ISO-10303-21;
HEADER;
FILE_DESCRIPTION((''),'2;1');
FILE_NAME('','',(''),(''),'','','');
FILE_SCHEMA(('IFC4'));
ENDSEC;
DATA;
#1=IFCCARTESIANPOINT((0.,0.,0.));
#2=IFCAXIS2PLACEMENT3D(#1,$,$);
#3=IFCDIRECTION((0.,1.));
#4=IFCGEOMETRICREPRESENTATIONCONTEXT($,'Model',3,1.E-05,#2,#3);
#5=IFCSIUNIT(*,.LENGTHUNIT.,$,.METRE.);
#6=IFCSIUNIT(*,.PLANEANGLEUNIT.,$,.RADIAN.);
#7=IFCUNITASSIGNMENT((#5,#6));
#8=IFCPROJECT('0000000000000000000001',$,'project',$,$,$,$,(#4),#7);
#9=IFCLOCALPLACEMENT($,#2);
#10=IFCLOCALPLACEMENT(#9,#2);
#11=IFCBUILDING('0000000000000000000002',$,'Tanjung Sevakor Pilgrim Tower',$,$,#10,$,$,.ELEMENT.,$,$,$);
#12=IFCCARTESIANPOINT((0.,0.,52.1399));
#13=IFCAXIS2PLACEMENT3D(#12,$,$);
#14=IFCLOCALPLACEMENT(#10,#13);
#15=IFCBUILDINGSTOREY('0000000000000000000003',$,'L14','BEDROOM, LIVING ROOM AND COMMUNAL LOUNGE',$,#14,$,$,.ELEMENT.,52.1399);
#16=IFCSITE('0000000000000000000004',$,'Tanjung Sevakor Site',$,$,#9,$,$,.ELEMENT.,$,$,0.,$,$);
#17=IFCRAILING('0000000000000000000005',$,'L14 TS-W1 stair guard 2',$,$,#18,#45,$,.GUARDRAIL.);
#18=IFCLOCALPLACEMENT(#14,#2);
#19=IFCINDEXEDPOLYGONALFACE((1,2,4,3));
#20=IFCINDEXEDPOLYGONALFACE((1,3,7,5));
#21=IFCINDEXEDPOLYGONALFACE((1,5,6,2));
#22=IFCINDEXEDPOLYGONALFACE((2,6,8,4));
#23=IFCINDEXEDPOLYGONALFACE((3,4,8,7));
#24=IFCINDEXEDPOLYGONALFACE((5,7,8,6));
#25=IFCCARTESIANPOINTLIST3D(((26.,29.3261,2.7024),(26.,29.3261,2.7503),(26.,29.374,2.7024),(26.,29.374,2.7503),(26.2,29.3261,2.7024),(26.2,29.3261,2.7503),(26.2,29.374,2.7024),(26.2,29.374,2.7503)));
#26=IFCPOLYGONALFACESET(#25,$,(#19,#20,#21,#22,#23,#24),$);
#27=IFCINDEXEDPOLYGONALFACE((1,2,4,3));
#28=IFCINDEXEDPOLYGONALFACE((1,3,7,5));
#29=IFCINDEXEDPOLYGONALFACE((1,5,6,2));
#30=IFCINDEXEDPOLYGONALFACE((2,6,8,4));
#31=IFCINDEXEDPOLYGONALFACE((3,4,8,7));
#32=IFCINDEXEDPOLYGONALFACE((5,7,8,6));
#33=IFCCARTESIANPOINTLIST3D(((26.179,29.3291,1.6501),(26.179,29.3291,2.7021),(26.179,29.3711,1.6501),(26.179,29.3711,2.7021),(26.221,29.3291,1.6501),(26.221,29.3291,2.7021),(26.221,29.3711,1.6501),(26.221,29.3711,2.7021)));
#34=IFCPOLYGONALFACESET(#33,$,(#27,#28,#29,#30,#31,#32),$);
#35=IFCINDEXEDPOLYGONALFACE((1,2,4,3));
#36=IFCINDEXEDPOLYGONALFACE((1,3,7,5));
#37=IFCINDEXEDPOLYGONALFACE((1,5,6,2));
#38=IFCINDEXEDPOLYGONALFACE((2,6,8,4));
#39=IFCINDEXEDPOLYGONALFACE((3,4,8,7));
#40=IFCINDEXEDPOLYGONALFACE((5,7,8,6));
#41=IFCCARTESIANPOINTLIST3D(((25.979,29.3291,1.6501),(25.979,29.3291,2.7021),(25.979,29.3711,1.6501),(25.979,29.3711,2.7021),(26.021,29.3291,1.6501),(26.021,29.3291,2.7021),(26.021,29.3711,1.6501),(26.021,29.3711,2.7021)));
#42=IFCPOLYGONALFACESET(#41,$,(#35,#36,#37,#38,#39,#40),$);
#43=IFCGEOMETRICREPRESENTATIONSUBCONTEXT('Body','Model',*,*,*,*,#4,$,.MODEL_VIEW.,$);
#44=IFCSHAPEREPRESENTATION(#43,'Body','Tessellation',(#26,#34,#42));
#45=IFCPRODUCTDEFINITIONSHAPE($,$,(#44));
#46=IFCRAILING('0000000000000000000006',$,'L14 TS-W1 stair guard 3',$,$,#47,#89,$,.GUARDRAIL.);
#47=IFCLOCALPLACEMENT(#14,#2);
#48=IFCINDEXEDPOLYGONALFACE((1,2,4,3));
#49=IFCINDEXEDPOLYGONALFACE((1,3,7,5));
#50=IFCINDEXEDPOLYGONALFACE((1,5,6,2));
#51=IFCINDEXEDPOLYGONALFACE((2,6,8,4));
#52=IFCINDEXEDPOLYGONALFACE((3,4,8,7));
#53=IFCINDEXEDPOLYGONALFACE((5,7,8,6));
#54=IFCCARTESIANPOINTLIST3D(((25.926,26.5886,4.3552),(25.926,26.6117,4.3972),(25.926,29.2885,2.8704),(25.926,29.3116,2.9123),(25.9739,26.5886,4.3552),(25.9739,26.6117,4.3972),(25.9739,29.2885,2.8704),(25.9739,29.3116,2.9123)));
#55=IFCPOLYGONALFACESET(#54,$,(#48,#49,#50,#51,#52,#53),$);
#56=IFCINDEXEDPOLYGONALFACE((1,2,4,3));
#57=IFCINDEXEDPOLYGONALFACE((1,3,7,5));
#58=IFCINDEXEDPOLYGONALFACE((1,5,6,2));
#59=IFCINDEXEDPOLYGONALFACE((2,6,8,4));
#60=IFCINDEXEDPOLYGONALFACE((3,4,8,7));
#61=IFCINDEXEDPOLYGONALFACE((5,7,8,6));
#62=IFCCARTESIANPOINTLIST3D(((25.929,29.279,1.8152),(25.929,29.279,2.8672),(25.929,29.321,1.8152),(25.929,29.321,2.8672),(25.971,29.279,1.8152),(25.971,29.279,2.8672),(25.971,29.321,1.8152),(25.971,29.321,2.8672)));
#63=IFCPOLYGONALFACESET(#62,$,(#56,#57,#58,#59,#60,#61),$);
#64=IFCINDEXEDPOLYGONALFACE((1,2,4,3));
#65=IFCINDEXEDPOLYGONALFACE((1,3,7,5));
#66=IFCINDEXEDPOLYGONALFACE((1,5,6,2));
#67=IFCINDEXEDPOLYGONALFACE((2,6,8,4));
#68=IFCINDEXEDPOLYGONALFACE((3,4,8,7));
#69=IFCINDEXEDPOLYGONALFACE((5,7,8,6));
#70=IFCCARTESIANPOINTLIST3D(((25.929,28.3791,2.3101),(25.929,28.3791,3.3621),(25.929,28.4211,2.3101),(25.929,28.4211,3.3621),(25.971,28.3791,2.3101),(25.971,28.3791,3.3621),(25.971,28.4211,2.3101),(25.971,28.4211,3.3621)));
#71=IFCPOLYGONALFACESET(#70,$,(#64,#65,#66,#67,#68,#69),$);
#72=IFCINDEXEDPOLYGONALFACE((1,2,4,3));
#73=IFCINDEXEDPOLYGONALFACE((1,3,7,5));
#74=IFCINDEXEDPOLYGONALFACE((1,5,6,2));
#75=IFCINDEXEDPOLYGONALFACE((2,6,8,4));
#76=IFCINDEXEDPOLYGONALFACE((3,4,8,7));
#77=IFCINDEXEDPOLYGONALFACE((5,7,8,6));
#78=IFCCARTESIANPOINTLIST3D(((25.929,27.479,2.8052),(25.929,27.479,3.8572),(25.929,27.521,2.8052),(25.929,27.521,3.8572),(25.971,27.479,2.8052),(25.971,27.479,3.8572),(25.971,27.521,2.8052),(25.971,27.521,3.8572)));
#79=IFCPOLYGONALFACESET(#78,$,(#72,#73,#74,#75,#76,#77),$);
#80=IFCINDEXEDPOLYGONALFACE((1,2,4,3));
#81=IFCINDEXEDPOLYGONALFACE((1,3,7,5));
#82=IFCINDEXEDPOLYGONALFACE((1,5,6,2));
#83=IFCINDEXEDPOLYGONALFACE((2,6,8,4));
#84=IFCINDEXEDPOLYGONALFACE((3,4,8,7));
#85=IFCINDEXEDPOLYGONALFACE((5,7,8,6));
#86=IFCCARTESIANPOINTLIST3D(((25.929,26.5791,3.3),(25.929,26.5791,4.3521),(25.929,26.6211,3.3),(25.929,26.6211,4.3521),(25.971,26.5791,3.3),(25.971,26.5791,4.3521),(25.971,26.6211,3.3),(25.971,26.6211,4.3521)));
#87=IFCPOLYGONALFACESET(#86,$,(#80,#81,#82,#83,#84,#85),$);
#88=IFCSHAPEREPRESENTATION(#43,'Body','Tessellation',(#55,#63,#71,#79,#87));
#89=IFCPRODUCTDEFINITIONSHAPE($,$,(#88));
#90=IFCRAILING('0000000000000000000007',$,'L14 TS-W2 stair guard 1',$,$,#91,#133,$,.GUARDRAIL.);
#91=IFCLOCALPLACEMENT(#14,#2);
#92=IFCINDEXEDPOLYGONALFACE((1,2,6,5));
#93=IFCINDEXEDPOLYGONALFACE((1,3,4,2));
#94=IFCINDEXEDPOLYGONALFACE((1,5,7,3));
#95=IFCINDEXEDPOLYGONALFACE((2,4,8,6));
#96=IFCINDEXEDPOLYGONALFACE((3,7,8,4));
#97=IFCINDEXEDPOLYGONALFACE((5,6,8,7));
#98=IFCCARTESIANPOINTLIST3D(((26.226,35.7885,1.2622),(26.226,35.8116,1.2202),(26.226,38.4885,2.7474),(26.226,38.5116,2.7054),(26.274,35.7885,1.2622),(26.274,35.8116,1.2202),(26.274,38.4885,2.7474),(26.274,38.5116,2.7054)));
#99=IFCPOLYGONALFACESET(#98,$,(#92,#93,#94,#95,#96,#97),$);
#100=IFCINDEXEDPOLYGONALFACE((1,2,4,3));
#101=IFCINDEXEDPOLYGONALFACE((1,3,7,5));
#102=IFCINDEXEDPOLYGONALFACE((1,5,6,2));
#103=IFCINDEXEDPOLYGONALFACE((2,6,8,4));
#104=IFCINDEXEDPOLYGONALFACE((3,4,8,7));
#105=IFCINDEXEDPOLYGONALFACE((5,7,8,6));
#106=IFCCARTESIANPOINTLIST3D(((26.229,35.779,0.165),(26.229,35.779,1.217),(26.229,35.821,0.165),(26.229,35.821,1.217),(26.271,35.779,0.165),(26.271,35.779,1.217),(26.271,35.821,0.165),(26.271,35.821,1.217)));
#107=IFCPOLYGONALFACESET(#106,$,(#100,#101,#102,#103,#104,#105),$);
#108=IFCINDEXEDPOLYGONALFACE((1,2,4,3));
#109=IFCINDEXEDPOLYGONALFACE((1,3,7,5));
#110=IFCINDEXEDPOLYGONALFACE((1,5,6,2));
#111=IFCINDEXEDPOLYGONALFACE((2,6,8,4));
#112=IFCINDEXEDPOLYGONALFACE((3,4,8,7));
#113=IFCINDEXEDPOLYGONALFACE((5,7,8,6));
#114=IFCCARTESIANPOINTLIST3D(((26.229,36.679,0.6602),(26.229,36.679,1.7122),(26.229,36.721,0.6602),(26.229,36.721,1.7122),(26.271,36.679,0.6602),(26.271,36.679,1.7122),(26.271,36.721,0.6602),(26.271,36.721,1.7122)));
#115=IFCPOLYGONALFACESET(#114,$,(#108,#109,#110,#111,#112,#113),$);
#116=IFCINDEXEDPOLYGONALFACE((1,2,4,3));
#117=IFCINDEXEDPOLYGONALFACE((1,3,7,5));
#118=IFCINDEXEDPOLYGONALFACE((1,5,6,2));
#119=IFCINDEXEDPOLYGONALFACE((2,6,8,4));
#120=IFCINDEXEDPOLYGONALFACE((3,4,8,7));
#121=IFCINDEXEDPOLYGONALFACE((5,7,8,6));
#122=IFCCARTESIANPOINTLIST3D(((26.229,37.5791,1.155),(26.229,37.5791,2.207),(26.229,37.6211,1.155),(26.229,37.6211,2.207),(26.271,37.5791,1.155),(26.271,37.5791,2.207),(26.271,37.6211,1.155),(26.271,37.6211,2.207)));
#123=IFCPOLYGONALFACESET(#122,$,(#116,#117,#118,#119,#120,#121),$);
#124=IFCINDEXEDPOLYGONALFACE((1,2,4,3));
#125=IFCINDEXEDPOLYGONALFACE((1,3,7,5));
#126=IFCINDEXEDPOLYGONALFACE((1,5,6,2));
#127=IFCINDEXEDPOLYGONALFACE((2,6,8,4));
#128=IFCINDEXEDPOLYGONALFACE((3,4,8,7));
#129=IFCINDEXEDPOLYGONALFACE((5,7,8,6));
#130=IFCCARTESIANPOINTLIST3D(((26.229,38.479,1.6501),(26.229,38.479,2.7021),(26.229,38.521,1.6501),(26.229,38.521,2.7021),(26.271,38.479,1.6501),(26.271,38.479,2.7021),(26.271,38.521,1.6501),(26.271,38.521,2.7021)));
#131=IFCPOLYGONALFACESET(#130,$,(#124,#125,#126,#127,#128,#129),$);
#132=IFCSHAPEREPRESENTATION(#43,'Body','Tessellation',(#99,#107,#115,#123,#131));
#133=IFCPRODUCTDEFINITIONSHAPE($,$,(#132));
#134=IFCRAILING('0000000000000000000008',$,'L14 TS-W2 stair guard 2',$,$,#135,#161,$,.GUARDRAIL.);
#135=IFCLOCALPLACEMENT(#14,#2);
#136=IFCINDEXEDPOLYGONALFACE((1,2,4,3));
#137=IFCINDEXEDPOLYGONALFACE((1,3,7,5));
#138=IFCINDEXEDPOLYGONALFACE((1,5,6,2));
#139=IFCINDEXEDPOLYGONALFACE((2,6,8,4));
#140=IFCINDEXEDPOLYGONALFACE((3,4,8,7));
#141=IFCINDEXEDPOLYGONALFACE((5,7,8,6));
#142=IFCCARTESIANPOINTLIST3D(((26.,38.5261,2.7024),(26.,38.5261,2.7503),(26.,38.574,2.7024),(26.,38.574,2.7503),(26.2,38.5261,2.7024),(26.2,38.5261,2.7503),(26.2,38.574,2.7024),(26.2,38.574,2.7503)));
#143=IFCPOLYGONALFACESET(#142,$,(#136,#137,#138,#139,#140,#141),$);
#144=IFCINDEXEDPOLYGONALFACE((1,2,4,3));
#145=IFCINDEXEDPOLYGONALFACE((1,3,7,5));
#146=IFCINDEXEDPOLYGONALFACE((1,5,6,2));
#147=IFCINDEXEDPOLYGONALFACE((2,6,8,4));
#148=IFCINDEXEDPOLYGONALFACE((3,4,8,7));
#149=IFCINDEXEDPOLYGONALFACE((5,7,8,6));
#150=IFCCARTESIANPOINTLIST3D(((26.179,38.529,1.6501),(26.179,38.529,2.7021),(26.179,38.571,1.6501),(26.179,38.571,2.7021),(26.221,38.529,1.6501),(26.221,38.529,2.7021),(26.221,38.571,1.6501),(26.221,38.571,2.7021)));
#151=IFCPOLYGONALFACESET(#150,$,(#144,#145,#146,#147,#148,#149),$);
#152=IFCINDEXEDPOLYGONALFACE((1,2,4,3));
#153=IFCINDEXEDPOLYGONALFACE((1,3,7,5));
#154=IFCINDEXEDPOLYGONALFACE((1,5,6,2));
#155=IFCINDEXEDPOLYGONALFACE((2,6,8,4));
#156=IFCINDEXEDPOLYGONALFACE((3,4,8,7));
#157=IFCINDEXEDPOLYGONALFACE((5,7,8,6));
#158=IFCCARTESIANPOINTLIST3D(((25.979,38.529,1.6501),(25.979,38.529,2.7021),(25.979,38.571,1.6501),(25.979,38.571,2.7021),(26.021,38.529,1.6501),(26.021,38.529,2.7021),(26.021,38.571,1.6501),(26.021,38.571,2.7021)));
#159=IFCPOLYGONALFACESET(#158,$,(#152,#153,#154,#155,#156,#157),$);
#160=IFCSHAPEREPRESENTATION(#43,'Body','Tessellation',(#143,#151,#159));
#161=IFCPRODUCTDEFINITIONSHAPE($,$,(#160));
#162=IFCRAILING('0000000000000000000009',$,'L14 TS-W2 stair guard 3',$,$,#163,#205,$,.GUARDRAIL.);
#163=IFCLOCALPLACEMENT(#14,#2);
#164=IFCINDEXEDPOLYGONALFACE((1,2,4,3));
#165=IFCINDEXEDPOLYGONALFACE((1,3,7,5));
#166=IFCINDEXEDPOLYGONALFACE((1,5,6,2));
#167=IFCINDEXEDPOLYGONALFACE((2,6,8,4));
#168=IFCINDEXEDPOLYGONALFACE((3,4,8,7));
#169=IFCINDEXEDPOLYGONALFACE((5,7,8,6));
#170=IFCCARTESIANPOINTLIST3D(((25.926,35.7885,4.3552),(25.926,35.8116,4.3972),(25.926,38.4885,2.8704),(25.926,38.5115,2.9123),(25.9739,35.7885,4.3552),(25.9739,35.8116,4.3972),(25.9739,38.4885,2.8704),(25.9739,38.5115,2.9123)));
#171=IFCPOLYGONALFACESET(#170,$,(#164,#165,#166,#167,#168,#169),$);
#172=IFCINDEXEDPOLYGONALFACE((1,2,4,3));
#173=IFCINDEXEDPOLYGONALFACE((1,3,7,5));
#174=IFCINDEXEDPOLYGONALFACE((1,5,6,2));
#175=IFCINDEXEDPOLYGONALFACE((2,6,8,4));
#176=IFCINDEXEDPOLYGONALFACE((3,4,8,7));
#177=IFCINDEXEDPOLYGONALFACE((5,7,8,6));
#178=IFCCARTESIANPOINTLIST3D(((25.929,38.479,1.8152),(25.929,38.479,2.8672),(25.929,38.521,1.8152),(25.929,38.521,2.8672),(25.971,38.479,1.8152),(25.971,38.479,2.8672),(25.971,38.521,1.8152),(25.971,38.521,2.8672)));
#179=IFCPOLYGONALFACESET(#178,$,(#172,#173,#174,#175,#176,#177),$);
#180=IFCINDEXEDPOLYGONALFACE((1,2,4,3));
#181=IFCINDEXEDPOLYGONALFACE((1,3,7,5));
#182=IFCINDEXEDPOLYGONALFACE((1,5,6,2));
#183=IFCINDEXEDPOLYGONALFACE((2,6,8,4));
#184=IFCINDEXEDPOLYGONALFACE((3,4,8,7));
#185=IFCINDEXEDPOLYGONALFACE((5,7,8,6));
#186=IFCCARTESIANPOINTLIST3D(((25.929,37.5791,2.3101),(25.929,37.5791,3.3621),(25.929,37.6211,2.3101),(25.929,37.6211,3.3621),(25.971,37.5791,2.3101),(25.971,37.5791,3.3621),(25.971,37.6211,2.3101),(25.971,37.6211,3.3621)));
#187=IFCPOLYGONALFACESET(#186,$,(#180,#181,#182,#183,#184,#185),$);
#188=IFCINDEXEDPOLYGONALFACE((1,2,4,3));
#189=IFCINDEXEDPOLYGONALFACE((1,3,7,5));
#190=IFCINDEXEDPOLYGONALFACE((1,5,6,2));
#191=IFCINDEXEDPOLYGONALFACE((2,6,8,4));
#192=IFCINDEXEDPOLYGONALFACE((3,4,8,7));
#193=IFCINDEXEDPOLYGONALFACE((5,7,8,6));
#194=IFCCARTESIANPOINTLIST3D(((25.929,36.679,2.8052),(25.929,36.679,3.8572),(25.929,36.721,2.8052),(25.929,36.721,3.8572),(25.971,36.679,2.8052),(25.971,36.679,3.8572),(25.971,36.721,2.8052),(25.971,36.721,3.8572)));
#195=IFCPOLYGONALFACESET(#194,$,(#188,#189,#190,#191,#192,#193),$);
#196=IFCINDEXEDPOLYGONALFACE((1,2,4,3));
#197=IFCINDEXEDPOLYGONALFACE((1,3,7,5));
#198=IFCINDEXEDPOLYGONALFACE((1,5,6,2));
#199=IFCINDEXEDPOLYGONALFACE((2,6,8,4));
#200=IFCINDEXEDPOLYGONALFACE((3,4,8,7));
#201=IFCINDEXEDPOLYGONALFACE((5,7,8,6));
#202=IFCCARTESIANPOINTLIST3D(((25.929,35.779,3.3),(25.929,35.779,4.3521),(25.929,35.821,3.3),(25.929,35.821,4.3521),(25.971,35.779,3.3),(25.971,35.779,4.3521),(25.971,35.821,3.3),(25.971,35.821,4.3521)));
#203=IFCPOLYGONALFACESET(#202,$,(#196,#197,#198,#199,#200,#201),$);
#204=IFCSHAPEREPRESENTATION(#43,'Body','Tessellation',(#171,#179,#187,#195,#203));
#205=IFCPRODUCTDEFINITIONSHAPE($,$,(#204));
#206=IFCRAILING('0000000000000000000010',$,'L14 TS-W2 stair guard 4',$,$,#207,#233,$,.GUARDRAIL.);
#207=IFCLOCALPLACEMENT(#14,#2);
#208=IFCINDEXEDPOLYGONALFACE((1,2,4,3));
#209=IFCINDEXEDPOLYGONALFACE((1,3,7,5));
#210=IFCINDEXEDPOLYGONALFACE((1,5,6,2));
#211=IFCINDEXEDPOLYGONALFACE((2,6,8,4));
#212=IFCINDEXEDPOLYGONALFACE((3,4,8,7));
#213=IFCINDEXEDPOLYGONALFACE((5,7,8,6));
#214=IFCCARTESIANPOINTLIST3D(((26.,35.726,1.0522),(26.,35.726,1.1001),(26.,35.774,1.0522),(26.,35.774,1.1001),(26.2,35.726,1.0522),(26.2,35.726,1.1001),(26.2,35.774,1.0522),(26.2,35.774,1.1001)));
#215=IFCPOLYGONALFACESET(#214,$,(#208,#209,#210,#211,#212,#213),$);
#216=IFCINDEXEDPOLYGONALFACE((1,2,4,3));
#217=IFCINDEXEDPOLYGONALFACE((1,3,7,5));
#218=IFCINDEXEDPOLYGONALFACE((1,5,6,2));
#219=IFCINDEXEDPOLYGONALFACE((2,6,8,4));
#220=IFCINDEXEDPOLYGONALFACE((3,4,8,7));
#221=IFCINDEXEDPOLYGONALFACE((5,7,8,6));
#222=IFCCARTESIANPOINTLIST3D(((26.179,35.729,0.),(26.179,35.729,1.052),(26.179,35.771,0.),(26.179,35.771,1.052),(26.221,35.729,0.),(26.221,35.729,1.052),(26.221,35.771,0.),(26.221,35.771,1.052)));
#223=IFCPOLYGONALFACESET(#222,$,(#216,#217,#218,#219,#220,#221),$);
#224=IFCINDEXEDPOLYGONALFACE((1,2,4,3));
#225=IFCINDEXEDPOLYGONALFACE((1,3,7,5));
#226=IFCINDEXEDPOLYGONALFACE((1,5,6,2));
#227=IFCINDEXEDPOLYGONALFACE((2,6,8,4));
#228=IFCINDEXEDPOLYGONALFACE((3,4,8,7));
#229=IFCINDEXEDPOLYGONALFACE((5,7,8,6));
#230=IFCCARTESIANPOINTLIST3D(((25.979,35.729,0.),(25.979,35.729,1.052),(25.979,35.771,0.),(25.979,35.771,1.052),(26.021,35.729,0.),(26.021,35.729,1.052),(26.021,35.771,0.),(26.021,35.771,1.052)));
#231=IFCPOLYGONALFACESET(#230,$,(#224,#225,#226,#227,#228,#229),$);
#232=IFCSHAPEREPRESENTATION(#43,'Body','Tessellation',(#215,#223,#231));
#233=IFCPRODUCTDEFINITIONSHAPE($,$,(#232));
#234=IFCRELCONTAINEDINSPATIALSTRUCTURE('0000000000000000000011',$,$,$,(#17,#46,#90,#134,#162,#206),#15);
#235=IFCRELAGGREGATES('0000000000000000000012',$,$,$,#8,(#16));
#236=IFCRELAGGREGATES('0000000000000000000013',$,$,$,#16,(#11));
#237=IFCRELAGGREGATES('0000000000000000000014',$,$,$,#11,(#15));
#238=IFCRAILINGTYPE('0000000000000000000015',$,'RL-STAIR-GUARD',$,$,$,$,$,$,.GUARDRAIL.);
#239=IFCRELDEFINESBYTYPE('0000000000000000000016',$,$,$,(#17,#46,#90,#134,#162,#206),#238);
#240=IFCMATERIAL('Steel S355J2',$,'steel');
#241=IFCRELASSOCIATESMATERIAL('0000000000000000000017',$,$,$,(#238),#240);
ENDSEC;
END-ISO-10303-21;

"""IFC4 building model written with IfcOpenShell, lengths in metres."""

from ifc_helpers import new_model, si_unit, direction, frame, origin, place, context, subcontext, project, spatial, rectangle, extrude, material, type_object, element, save


model = new_model("IFC4")

# Units and contexts
model_context = context("Model", 3, precision=1e-05, world=origin(), true_north=direction((0.0, 1.0)))
body_context = subcontext(model_context, "Body", "Model", "MODEL_VIEW")
ifc_project = project(units=[si_unit("LENGTHUNIT", "METRE"), si_unit("PLANEANGLEUNIT", "RADIAN")], contexts=[model_context])

# Site, building, storey
site_placement = place(None, origin())
site = spatial("IfcSite", under=ifc_project, at=site_placement, Name="Tanjung Sevakor Site", CompositionType="ELEMENT", RefElevation=0.0)
building_placement = place(site_placement, origin())
building = spatial("IfcBuilding", under=site, at=building_placement, Name="Tanjung Sevakor Pilgrim Tower", CompositionType="ELEMENT")
storey_placement = place(building_placement, frame((0.0, 0.0, 52.1399)))
storey = spatial("IfcBuildingStorey", under=building, at=storey_placement, Name="L14", Description="BEDROOM, LIVING ROOM AND COMMUNAL LOUNGE", CompositionType="ELEMENT", Elevation=52.1399)

# Railings
ifc_material_1 = material(Name="Steel S355J2", Category="steel")
railing_type_1 = type_object("IfcRailingType", Name="RL-STAIR-GUARD", PredefinedType="GUARDRAIL", material=ifc_material_1)
railing_1_placement = place(storey_placement, frame((26.2, 29.3501, 1.6501)))
element("IfcRailing", 1, at=railing_1_placement, inside=storey, type_object=railing_type_1, Name="L14 TS-W1 stair guard 2", PredefinedType="GUARDRAIL", context=body_context, shape_type="SweptSolid", body=[
    extrude(rectangle(XDim=0.0479, YDim=0.0479), frame((0.0, 0.0, 1.0762), z_axis=(-1.0, 0.0, 0.0), x_axis=(0.0, -1.0, 0.0)), (0.0, 0.0, 1.0), 0.2),
    extrude(rectangle(XDim=0.042, YDim=0.042), origin(), (0.0, 0.0, 1.0), 1.052),
    extrude(rectangle(XDim=0.042, YDim=0.042), frame((-0.2, 0.0, 0.0)), (0.0, 0.0, 1.0), 1.052),
])
railing_2_placement = place(storey_placement, frame((25.95, 29.3, 1.8152)))
element("IfcRailing", 2, at=railing_2_placement, inside=storey, type_object=railing_type_1, Name="L14 TS-W1 stair guard 3", PredefinedType="GUARDRAIL", context=body_context, shape_type="SweptSolid", body=[
    extrude(rectangle(XDim=0.0479, YDim=0.0479), frame((0.0, 0.0, 1.0762), z_axis=(0.0, -0.876231, 0.481891), x_axis=(1.0, 0.0, 0.0)), (0.0, 0.0, 1.0), 3.0813),
    extrude(rectangle(XDim=0.042, YDim=0.042), origin(), (0.0, 0.0, 1.0), 1.052),
    extrude(rectangle(XDim=0.042, YDim=0.042), frame((0.0, -0.8999, 0.4949)), (0.0, 0.0, 1.0), 1.052),
    extrude(rectangle(XDim=0.042, YDim=0.042), frame((0.0, -1.8, 0.99)), (0.0, 0.0, 1.0), 1.052),
    extrude(rectangle(XDim=0.042, YDim=0.042), frame((0.0, -2.7, 1.4849)), (0.0, 0.0, 1.0), 1.052),
])
railing_3_placement = place(storey_placement, frame((26.25, 35.8, 0.165)))
element("IfcRailing", 3, at=railing_3_placement, inside=storey, type_object=railing_type_1, Name="L14 TS-W2 stair guard 1", PredefinedType="GUARDRAIL", context=body_context, shape_type="SweptSolid", body=[
    extrude(rectangle(XDim=0.0479, YDim=0.0479), frame((0.0, 0.0, 1.0762), z_axis=(0.0, 0.876198, 0.481952), x_axis=(-1.0, 0.0, 0.0)), (0.0, 0.0, 1.0), 3.0815),
    extrude(rectangle(XDim=0.042, YDim=0.042), origin(), (0.0, 0.0, 1.0), 1.052),
    extrude(rectangle(XDim=0.042, YDim=0.042), frame((0.0, 0.8999, 0.4951)), (0.0, 0.0, 1.0), 1.052),
    extrude(rectangle(XDim=0.042, YDim=0.042), frame((0.0, 1.8, 0.99)), (0.0, 0.0, 1.0), 1.052),
    extrude(rectangle(XDim=0.042, YDim=0.042), frame((0.0, 2.7, 1.4851)), (0.0, 0.0, 1.0), 1.052),
])
railing_4_placement = place(storey_placement, frame((26.2, 38.55, 1.6501)))
element("IfcRailing", 4, at=railing_4_placement, inside=storey, type_object=railing_type_1, Name="L14 TS-W2 stair guard 2", PredefinedType="GUARDRAIL", context=body_context, shape_type="SweptSolid", body=[
    extrude(rectangle(XDim=0.0479, YDim=0.0479), frame((0.0, 0.0, 1.0762), z_axis=(-1.0, 0.0, 0.0), x_axis=(0.0, -1.0, 0.0)), (0.0, 0.0, 1.0), 0.2),
    extrude(rectangle(XDim=0.042, YDim=0.042), origin(), (0.0, 0.0, 1.0), 1.052),
    extrude(rectangle(XDim=0.042, YDim=0.042), frame((-0.2, 0.0, 0.0)), (0.0, 0.0, 1.0), 1.052),
])
railing_5_placement = place(storey_placement, frame((25.95, 38.5, 1.8152)))
element("IfcRailing", 5, at=railing_5_placement, inside=storey, type_object=railing_type_1, Name="L14 TS-W2 stair guard 3", PredefinedType="GUARDRAIL", context=body_context, shape_type="SweptSolid", body=[
    extrude(rectangle(XDim=0.0479, YDim=0.0479), frame((0.0, 0.0, 1.0762), z_axis=(0.0, -0.876231, 0.481891), x_axis=(1.0, 0.0, 0.0)), (0.0, 0.0, 1.0), 3.0813),
    extrude(rectangle(XDim=0.042, YDim=0.042), origin(), (0.0, 0.0, 1.0), 1.052),
    extrude(rectangle(XDim=0.042, YDim=0.042), frame((0.0, -0.8999, 0.4949)), (0.0, 0.0, 1.0), 1.052),
    extrude(rectangle(XDim=0.042, YDim=0.042), frame((0.0, -1.8, 0.99)), (0.0, 0.0, 1.0), 1.052),
    extrude(rectangle(XDim=0.042, YDim=0.042), frame((0.0, -2.7, 1.4849)), (0.0, 0.0, 1.0), 1.052),
])
railing_6_placement = place(storey_placement, frame((26.2, 35.75, 0.0)))
element("IfcRailing", 6, at=railing_6_placement, inside=storey, type_object=railing_type_1, Name="L14 TS-W2 stair guard 4", PredefinedType="GUARDRAIL", context=body_context, shape_type="SweptSolid", body=[
    extrude(rectangle(XDim=0.0479, YDim=0.0479), frame((0.0, 0.0, 1.0762), z_axis=(-1.0, 0.0, 0.0), x_axis=(0.0, -1.0, 0.0)), (0.0, 0.0, 1.0), 0.2),
    extrude(rectangle(XDim=0.042, YDim=0.042), origin(), (0.0, 0.0, 1.0), 1.052),
    extrude(rectangle(XDim=0.042, YDim=0.042), frame((-0.2, 0.0, 0.0)), (0.0, 0.0, 1.0), 1.052),
])

save(model, "model.ifc")
